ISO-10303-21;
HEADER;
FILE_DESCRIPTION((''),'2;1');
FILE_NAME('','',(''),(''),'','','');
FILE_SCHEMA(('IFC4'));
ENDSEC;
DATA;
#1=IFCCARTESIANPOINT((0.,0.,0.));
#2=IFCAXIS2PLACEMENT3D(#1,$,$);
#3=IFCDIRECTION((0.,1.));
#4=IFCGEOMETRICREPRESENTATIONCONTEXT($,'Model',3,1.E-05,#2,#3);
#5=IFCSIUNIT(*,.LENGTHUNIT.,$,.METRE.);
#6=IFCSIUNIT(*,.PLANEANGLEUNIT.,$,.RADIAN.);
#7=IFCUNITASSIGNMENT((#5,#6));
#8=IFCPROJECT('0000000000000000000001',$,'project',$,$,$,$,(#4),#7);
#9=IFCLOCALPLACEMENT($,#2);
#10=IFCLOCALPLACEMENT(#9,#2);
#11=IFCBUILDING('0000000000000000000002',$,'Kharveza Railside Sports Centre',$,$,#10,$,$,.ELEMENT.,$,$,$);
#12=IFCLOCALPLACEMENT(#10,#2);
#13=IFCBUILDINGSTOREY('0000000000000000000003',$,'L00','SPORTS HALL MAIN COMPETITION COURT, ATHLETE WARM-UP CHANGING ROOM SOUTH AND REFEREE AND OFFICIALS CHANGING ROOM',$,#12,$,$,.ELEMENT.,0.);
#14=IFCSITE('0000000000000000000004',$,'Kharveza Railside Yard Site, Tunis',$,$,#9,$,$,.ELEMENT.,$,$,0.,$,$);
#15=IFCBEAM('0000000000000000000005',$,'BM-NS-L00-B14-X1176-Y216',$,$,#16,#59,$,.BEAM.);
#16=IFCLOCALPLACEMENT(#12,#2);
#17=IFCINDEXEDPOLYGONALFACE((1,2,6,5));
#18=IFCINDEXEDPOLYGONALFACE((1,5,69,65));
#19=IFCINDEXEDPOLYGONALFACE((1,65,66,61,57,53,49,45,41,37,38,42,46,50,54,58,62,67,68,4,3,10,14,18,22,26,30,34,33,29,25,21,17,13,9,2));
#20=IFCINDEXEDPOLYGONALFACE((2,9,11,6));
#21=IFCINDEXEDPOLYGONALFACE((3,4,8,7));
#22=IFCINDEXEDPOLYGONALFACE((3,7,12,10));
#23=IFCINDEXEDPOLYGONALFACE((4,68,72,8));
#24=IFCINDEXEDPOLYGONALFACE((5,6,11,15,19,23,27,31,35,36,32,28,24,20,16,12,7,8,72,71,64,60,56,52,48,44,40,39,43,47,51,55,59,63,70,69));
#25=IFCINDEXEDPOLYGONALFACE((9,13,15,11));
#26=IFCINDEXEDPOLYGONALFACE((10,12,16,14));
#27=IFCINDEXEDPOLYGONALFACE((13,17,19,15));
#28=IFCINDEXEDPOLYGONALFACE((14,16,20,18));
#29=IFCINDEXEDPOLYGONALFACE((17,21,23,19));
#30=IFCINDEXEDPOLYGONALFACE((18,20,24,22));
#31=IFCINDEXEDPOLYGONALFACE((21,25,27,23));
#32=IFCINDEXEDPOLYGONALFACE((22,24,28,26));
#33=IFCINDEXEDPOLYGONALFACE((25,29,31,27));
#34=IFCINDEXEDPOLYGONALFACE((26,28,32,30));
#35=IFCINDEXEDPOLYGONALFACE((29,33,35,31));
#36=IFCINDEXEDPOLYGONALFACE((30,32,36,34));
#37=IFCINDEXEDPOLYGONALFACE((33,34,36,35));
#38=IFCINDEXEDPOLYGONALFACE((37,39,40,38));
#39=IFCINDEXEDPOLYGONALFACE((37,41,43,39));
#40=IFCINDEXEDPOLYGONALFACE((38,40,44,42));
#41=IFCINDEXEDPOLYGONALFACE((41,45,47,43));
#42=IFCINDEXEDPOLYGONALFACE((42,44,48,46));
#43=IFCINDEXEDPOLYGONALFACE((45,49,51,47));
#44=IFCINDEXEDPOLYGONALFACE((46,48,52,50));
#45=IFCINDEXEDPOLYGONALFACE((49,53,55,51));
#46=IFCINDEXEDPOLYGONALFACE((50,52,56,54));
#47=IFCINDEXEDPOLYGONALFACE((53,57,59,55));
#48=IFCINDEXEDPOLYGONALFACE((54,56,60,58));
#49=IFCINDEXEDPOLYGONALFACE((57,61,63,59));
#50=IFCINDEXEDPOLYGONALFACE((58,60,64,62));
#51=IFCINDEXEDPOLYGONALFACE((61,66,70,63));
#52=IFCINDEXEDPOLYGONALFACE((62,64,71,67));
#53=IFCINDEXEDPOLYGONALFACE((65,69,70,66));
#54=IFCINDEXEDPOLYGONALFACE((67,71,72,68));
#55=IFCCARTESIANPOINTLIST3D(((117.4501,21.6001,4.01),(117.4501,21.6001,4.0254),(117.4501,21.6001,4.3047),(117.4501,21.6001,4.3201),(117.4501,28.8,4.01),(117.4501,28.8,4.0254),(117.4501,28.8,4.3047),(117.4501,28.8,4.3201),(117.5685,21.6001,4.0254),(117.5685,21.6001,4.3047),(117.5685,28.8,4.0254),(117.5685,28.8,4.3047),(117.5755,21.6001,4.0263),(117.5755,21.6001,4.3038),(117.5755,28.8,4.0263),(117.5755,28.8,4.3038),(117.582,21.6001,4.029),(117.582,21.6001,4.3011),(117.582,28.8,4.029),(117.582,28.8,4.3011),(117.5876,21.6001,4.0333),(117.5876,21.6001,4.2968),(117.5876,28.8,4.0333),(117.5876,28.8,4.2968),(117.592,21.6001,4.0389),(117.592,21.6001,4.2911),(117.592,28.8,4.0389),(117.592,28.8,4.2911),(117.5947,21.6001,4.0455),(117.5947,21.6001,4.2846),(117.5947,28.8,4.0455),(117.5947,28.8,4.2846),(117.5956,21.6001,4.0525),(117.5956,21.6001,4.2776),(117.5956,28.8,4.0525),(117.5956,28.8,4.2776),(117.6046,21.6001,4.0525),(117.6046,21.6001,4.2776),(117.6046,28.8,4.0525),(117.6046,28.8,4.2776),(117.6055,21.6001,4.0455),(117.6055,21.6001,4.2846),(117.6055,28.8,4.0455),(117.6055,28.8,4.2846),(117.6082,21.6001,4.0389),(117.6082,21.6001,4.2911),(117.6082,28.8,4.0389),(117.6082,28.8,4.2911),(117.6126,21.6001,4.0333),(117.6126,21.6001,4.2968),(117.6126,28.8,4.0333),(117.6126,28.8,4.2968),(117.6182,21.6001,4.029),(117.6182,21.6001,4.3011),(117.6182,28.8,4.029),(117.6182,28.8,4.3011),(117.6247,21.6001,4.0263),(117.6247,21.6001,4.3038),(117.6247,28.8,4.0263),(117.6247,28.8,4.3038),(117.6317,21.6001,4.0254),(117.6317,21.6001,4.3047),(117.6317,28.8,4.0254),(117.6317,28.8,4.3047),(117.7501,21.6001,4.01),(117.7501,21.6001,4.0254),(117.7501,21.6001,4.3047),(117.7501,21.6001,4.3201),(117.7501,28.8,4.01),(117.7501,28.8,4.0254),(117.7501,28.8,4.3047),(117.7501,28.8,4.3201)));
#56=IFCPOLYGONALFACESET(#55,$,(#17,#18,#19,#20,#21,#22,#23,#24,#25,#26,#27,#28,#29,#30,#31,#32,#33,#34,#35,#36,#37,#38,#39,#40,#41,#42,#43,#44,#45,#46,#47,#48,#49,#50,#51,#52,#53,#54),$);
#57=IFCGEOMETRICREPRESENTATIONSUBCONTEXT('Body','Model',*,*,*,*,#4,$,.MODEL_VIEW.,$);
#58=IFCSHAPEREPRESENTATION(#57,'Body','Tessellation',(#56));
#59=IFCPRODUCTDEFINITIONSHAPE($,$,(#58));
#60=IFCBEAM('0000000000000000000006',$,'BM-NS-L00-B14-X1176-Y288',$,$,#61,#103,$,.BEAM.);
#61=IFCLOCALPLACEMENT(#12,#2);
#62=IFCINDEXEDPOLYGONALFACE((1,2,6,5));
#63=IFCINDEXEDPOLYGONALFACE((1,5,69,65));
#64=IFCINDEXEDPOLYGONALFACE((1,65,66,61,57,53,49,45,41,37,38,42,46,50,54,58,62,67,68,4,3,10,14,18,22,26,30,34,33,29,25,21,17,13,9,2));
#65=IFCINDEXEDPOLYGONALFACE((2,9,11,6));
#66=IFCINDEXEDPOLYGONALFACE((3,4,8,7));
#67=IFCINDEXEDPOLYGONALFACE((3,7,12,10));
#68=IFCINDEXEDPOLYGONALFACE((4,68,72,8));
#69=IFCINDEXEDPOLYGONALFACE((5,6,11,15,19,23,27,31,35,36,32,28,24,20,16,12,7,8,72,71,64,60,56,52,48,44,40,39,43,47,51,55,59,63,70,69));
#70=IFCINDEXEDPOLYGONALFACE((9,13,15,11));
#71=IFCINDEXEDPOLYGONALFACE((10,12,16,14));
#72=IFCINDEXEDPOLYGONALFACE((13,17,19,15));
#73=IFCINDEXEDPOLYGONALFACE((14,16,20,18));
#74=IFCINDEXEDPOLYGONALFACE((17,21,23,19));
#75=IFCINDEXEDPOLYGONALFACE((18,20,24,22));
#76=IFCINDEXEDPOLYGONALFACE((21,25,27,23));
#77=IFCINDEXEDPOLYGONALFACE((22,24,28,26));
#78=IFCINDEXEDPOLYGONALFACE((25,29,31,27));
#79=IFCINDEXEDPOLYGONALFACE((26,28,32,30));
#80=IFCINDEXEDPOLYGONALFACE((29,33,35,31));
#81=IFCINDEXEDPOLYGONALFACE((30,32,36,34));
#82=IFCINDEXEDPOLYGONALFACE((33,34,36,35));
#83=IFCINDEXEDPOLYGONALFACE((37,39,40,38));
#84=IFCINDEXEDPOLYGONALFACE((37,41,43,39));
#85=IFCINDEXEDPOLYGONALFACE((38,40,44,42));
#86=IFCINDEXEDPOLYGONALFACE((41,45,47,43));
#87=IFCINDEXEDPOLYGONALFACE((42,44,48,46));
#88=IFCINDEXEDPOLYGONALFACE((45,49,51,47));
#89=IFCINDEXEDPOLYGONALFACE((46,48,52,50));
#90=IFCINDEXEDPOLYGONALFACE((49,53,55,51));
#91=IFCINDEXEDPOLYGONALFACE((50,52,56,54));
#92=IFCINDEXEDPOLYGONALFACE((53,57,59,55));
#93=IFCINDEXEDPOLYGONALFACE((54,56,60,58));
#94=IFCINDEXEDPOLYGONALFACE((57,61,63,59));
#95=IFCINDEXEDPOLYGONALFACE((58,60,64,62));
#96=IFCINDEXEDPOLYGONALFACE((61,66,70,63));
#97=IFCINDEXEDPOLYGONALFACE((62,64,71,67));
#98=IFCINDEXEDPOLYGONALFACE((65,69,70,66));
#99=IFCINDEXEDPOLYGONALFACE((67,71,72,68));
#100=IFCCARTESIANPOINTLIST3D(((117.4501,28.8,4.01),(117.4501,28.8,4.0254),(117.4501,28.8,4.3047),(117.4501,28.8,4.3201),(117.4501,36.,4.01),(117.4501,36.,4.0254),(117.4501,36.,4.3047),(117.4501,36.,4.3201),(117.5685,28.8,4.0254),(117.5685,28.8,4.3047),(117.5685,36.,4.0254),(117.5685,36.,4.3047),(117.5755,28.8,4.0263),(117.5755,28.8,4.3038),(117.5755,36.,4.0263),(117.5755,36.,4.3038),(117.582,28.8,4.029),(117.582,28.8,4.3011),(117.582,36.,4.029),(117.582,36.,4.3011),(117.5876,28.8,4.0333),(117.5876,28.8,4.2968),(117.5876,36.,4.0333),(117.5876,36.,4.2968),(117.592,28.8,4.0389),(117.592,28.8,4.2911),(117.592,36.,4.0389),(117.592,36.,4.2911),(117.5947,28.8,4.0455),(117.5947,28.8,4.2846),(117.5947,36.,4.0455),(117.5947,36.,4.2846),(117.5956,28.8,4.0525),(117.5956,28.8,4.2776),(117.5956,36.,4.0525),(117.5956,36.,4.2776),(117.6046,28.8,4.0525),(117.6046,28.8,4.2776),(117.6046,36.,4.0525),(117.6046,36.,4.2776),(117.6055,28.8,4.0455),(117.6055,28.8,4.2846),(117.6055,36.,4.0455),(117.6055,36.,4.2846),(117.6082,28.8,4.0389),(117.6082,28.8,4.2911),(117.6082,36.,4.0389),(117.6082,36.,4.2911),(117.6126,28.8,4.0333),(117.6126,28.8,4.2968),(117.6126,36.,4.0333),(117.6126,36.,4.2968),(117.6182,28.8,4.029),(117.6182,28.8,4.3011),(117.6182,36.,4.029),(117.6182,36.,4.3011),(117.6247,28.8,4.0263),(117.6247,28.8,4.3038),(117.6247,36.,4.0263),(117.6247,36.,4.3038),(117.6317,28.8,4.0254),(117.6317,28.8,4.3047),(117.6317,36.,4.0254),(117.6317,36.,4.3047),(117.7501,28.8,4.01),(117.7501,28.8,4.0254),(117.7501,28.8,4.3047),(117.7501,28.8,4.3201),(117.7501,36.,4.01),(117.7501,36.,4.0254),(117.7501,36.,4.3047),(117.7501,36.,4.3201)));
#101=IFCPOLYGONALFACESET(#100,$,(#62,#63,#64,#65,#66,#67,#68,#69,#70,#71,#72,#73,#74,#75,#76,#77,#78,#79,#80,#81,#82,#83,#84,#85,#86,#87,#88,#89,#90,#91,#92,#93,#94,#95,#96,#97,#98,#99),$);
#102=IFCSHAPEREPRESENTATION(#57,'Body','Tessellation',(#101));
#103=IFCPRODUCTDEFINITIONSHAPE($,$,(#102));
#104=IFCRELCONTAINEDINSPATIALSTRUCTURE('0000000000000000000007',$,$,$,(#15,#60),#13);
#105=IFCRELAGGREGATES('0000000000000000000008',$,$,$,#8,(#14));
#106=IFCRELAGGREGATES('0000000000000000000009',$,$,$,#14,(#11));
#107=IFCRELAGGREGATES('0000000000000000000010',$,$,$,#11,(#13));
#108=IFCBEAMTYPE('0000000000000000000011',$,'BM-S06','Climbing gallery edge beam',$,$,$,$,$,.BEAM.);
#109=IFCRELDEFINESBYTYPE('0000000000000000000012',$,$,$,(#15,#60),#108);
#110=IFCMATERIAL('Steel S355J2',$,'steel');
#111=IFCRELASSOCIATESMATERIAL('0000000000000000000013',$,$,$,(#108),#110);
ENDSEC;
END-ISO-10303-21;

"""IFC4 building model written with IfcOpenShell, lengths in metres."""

from ifc_helpers import new_model, si_unit, direction, frame, origin, origin_2d, place, context, subcontext, project, spatial, i_section, extrude, material, material_profile, profile_set, type_object, element, save


model = new_model("IFC4")

# Units and contexts
model_context = context("Model", 3, precision=1e-05, world=origin(), true_north=direction((0.0, 1.0)))
body_context = subcontext(model_context, "Body", "Model", "MODEL_VIEW")
ifc_project = project(units=[si_unit("LENGTHUNIT", "METRE"), si_unit("PLANEANGLEUNIT", "RADIAN")], contexts=[model_context])

# Site, building, storey
site_placement = place(None, origin())
site = spatial("IfcSite", under=ifc_project, at=site_placement, Name="Kharveza Railside Yard Site, Tunis", CompositionType="ELEMENT", RefElevation=0.0)
building_placement = place(site_placement, origin())
building = spatial("IfcBuilding", under=site, at=building_placement, Name="Kharveza Railside Sports Centre", CompositionType="ELEMENT")
storey_placement = place(building_placement, origin())
storey = spatial("IfcBuildingStorey", under=building, at=storey_placement, Name="L00", Description="SPORTS HALL MAIN COMPETITION COURT, ATHLETE WARM-UP CHANGING ROOM SOUTH AND REFEREE AND OFFICIALS CHANGING ROOM", CompositionType="ELEMENT", Elevation=0.0)

# Shared definitions
ifc_material_1 = material(Name="Steel S355J2", Category="steel")

# Beams
ifc_material_profile_1 = material_profile(ifc_material_1, i_section(OverallWidth=0.3, OverallDepth=0.3101, WebThickness=0.009, FlangeThickness=0.0154, FilletRadius=0.0271, at=origin_2d()), Name="HEA 320")
ifc_profile_set_1 = profile_set([ifc_material_profile_1], Name="Steel S355J2")
beam_type_1 = type_object("IfcBeamType", Name="BM-S06", Description="Climbing gallery edge beam", PredefinedType="BEAM", material=ifc_profile_set_1)
for number, where, z_axis, x_axis, name in (
    (1, (117.6001, 21.6001, 4.165), (0.0, 1.0, 0.0), (-1.0, 0.0, 0.0), "BM-NS-L00-B14-X1176-Y216"),
    (2, (117.6001, 28.8, 4.165), (0.0, 1.0, 0.0), (-1.0, 0.0, 0.0), "BM-NS-L00-B14-X1176-Y288"),
):
    element("IfcBeam", number, at=place(storey_placement, frame(where, z_axis=z_axis, x_axis=x_axis)), inside=storey, type_object=beam_type_1, Name=name, PredefinedType="BEAM", context=body_context, shape_type="SweptSolid", body=[
        extrude(i_section(OverallWidth=0.3, OverallDepth=0.3101, WebThickness=0.009, FlangeThickness=0.0154, FilletRadius=0.0271, at=origin_2d()), origin(), (0.0, 0.0, 1.0), 7.2),
    ])

save(model, "model.ifc")
